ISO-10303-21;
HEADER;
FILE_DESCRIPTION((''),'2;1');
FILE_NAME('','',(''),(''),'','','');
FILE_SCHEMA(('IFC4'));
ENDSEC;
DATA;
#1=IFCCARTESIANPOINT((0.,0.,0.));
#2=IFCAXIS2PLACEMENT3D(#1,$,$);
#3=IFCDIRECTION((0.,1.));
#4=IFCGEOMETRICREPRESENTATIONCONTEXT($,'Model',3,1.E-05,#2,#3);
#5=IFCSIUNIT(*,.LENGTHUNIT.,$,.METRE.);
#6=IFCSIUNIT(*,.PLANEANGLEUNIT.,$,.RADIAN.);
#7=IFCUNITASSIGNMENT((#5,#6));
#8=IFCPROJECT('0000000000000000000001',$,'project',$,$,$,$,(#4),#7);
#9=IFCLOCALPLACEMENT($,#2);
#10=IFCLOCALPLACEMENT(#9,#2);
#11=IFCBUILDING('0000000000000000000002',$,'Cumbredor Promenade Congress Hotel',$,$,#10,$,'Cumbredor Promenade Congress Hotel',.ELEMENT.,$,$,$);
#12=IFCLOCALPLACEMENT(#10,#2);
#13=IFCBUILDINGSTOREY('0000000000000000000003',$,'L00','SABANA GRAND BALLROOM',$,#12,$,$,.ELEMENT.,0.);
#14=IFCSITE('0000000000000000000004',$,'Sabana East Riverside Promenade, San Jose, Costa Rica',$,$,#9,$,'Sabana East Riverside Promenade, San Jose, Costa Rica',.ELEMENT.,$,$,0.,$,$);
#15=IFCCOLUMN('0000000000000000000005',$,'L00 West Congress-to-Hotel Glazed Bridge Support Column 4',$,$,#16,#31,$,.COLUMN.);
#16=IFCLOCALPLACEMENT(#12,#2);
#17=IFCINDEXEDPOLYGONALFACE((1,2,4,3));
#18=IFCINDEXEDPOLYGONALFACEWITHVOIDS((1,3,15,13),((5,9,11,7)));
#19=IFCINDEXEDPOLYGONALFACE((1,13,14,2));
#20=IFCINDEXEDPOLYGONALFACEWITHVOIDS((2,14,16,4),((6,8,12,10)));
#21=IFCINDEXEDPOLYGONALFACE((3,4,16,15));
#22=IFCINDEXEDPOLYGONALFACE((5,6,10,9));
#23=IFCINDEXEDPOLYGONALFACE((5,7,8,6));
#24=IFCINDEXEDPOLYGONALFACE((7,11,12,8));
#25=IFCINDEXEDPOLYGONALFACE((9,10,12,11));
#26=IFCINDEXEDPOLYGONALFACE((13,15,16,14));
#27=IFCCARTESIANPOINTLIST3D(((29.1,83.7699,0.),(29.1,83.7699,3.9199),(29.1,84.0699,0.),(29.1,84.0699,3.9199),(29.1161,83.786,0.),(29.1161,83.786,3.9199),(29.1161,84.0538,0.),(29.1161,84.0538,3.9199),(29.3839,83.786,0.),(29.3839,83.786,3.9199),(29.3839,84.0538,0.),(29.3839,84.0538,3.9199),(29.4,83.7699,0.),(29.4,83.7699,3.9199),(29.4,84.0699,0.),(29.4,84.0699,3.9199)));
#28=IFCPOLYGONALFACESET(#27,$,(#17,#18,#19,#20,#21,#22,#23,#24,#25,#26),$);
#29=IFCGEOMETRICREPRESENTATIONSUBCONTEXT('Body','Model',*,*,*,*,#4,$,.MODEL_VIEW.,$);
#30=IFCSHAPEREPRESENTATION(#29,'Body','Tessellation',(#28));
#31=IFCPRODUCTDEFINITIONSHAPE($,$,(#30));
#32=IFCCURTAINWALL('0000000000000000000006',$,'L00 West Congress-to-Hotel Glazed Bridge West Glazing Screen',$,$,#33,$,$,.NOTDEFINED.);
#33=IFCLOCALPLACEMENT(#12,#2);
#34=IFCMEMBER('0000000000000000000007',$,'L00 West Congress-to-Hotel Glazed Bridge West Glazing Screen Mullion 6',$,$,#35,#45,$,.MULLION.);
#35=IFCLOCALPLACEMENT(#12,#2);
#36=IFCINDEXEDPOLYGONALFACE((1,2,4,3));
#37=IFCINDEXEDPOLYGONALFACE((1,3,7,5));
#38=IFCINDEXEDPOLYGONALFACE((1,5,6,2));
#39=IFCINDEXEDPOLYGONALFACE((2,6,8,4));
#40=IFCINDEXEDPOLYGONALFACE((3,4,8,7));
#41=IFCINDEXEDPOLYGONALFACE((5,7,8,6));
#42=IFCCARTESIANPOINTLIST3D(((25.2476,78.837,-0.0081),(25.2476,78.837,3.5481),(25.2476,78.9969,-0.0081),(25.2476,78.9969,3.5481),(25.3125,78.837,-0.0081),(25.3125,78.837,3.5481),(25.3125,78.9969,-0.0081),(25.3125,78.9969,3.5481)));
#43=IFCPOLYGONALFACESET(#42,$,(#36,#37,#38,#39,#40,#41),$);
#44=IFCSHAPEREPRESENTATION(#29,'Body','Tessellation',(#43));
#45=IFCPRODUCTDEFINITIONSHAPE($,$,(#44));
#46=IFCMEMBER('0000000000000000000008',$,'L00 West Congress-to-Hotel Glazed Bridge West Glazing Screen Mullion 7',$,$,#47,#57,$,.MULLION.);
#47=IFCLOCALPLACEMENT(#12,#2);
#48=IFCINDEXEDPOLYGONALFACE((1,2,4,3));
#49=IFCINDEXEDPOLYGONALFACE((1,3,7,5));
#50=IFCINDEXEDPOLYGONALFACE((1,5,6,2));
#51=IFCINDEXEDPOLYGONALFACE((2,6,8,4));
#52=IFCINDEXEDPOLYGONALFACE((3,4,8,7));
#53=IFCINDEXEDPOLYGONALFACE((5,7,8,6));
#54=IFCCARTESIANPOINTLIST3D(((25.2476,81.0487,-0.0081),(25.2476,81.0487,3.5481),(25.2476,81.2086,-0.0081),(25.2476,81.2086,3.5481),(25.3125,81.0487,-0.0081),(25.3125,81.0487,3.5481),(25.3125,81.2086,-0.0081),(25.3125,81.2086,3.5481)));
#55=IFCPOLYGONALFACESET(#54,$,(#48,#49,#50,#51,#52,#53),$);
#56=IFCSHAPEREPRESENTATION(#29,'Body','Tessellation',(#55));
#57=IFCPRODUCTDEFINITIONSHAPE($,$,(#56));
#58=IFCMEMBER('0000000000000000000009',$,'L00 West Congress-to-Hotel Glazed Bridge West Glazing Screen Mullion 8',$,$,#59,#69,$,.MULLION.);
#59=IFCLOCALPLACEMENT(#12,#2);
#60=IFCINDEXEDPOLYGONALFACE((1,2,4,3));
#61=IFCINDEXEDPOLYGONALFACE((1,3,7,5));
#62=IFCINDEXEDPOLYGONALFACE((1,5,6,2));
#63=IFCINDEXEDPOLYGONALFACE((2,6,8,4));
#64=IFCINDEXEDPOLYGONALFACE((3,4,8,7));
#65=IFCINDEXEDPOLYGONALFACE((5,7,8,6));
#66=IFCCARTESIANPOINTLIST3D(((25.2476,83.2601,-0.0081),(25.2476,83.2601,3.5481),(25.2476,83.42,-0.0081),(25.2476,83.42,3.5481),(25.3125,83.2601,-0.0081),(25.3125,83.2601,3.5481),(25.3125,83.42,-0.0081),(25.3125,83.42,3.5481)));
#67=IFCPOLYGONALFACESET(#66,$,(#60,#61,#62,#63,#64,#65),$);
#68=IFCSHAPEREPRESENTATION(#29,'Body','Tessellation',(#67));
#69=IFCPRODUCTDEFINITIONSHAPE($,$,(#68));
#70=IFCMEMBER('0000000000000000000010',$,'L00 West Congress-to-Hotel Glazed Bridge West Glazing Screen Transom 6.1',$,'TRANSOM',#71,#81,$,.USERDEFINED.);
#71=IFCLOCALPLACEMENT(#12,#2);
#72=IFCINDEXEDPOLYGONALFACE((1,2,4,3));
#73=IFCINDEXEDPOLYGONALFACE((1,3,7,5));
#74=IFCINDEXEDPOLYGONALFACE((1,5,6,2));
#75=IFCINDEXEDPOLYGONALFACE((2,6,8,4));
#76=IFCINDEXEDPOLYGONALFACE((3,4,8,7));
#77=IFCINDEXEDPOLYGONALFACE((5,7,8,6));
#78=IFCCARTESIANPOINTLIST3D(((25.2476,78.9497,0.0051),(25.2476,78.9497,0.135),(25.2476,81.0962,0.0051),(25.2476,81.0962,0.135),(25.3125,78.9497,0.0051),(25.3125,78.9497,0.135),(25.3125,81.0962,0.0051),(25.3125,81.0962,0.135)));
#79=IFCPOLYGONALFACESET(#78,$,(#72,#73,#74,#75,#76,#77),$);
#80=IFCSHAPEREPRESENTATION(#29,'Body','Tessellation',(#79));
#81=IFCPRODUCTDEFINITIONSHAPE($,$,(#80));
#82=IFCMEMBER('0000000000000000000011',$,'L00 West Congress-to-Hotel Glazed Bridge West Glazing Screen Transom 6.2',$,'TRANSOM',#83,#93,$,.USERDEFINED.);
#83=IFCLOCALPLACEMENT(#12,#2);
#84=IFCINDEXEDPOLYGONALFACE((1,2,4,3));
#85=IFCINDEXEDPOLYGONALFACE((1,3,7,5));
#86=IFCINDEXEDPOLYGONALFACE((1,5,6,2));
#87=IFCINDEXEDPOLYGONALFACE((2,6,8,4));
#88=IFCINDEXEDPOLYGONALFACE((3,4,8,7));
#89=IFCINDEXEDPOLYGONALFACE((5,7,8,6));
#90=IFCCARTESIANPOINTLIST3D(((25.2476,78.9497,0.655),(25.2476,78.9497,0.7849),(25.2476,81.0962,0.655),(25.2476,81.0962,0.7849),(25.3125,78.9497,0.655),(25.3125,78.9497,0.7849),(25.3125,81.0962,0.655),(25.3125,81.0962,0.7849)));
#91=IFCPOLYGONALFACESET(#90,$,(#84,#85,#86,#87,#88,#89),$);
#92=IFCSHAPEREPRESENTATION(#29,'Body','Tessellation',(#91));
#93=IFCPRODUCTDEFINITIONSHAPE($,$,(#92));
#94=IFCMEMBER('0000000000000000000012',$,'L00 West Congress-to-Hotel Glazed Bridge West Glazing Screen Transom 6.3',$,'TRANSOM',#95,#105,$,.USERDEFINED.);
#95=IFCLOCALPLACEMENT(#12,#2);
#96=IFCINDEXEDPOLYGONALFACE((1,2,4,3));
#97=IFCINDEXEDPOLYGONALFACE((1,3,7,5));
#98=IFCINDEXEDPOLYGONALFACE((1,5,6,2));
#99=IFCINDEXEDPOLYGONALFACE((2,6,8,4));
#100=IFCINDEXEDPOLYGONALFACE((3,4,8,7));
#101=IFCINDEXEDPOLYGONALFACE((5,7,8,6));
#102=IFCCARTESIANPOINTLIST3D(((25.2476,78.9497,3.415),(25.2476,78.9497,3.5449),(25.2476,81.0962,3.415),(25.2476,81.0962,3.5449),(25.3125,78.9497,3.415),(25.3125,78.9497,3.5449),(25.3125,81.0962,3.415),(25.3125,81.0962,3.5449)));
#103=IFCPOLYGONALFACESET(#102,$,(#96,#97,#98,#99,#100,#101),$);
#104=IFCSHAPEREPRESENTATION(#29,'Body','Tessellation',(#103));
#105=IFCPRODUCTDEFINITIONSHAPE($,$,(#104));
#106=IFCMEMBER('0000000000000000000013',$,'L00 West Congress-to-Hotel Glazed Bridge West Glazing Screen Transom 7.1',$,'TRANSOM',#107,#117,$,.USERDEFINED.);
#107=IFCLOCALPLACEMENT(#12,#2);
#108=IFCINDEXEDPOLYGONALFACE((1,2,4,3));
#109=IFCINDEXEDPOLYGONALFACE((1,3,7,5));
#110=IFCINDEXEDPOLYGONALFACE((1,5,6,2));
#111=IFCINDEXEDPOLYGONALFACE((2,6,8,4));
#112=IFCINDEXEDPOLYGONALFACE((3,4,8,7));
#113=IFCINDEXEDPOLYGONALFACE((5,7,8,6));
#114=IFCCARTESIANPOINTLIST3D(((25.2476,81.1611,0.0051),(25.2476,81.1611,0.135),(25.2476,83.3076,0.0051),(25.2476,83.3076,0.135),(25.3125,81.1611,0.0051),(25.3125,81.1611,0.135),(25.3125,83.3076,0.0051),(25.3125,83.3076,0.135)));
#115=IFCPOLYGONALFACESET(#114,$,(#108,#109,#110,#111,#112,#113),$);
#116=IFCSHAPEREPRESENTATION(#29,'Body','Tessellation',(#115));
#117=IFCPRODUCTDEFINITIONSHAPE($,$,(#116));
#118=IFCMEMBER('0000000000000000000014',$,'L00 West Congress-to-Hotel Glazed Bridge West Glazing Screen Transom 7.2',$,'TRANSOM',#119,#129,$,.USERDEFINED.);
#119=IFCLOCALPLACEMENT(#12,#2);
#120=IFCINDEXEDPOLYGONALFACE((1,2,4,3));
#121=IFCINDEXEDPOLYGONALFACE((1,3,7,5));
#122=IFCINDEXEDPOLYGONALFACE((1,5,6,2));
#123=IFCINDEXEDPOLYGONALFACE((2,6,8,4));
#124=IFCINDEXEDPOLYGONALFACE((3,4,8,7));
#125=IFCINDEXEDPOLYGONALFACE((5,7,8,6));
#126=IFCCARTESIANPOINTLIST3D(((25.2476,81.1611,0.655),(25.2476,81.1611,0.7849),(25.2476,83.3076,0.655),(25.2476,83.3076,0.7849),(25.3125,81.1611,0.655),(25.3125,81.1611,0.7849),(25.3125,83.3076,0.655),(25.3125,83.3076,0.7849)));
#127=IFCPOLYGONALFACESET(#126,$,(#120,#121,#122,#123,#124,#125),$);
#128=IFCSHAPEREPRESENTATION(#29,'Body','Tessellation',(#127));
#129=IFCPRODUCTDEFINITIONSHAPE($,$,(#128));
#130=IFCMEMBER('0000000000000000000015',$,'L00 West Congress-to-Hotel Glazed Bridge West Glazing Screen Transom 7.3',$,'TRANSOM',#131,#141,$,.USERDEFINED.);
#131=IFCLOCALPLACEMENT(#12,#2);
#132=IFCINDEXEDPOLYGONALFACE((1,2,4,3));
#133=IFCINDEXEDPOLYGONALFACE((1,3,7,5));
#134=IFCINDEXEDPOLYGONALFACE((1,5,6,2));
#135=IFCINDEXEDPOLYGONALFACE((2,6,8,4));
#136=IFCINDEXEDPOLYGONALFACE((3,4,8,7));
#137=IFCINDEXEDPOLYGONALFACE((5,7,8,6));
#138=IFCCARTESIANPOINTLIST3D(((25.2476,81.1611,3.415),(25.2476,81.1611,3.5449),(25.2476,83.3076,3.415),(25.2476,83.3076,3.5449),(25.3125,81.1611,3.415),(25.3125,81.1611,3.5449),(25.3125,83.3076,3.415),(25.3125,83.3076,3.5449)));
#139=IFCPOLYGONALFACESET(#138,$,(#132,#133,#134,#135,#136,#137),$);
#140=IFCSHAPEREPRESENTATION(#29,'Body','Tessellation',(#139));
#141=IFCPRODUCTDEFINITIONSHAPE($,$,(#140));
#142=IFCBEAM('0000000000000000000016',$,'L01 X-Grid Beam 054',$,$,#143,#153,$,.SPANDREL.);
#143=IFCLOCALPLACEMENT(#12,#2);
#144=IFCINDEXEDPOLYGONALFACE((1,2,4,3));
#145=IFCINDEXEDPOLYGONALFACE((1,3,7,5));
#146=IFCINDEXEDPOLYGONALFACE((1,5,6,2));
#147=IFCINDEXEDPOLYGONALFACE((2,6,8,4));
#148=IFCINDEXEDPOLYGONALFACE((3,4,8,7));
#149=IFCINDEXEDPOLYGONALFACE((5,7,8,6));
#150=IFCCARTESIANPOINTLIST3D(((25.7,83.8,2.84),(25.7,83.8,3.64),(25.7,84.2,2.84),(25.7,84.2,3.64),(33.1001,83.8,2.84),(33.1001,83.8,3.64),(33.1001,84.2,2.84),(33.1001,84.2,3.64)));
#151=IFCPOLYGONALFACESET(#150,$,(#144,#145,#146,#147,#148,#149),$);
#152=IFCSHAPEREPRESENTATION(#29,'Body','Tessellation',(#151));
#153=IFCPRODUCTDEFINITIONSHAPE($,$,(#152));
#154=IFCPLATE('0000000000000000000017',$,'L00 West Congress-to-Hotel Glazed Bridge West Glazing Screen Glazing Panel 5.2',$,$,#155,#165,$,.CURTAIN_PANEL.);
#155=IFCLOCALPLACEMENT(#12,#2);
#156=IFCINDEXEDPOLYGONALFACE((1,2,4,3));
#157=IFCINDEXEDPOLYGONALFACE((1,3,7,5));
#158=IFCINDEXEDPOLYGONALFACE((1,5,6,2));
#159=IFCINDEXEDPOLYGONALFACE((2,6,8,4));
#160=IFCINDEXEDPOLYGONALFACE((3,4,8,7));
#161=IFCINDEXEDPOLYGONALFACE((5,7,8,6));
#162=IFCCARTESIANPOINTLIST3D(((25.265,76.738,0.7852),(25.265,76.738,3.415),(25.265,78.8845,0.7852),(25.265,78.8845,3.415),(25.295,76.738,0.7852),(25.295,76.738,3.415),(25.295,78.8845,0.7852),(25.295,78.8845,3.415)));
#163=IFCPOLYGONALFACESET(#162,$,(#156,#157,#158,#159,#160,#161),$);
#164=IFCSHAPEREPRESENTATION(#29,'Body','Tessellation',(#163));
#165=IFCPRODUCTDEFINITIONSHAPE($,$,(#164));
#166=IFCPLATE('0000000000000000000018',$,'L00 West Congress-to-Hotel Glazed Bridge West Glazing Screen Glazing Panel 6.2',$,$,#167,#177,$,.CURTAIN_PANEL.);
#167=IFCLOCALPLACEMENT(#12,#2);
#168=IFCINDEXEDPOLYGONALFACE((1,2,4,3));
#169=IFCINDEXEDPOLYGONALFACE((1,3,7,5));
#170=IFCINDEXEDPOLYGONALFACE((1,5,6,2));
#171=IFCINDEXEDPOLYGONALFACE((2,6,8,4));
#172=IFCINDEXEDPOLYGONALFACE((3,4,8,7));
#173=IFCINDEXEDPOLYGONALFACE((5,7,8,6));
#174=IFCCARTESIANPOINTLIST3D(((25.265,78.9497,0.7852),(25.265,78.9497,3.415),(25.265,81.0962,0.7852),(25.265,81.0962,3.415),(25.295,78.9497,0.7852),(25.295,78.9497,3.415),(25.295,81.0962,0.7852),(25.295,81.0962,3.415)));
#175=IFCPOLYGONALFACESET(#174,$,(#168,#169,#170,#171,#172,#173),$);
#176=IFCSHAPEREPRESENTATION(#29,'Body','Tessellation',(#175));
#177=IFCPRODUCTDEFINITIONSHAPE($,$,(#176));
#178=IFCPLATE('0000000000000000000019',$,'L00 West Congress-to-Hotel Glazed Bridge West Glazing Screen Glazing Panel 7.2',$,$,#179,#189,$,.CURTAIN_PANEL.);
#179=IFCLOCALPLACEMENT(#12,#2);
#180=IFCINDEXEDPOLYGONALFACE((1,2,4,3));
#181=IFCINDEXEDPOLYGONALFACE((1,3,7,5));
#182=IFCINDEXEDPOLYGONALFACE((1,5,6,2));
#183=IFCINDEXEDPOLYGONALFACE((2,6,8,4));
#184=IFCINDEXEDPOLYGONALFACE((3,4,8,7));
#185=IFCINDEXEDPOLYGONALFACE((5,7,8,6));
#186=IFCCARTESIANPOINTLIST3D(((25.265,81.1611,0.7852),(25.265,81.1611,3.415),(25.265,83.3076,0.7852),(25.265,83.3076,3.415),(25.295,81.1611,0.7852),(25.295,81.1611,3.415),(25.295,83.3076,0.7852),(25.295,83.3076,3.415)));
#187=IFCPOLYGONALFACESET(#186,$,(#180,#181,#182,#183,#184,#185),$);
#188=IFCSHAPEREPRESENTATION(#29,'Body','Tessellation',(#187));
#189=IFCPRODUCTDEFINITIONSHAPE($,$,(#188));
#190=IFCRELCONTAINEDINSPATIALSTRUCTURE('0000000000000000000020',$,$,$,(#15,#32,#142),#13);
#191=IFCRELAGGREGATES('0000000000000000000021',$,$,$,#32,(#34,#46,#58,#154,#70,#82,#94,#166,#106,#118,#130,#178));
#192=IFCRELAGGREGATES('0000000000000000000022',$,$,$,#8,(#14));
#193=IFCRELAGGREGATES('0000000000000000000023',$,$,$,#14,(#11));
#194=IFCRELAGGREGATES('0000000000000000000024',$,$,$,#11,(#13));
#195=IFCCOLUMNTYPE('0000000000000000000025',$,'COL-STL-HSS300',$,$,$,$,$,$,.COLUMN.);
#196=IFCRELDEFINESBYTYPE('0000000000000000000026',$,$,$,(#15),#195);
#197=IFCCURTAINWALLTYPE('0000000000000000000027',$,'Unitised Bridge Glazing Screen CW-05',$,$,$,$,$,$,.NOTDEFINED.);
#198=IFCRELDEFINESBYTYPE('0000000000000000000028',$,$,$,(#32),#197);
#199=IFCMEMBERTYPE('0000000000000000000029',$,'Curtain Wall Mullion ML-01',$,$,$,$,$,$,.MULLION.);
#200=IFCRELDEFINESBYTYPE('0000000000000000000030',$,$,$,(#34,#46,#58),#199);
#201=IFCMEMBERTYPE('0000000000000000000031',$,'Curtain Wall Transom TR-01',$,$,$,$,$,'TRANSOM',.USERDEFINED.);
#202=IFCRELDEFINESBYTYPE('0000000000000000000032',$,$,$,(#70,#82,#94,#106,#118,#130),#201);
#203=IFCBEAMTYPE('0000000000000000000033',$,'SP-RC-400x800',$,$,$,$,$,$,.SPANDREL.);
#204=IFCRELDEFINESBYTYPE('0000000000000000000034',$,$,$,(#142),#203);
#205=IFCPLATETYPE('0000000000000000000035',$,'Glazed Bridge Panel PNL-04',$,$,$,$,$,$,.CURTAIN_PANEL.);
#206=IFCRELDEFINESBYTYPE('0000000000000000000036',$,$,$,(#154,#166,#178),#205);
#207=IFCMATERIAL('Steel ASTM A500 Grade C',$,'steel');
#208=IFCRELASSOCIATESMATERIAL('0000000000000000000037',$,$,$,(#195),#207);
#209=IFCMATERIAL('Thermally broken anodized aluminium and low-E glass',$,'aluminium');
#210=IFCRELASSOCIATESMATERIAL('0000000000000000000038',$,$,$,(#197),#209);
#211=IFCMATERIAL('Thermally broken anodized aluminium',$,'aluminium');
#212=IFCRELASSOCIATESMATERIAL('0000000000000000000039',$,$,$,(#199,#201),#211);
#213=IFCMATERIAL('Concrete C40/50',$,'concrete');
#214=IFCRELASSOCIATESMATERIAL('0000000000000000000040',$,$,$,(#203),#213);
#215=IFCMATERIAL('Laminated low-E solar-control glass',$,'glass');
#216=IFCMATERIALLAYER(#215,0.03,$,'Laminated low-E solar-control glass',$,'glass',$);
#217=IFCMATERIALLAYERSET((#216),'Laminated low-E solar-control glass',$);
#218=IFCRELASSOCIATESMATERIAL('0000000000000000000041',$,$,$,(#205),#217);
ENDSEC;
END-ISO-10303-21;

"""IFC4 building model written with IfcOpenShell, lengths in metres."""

from ifc_helpers import new_model, si_unit, direction, frame, origin, origin_2d, place, context, subcontext, project, spatial, rectangle, hollow_rectangle, extrude, material, layer, layer_set, material_profile, profile_set, type_object, element, aggregate, save


model = new_model("IFC4")

# Units and contexts
model_context = context("Model", 3, precision=1e-05, world=origin(), true_north=direction((0.0, 1.0)))
body_context = subcontext(model_context, "Body", "Model", "MODEL_VIEW")
ifc_project = project(units=[si_unit("LENGTHUNIT", "METRE"), si_unit("PLANEANGLEUNIT", "RADIAN")], contexts=[model_context])

# Site, building, storey
site_placement = place(None, origin())
site = spatial("IfcSite", under=ifc_project, at=site_placement, Name="Sabana East Riverside Promenade, San Jose, Costa Rica", LongName="Sabana East Riverside Promenade, San Jose, Costa Rica", CompositionType="ELEMENT", RefElevation=0.0)
building_placement = place(site_placement, origin())
building = spatial("IfcBuilding", under=site, at=building_placement, Name="Cumbredor Promenade Congress Hotel", LongName="Cumbredor Promenade Congress Hotel", CompositionType="ELEMENT")
storey_placement = place(building_placement, origin())
storey = spatial("IfcBuildingStorey", under=building, at=storey_placement, Name="L00", Description="SABANA GRAND BALLROOM", CompositionType="ELEMENT", Elevation=0.0)

# Column
ifc_material_1 = material(Name="Steel ASTM A500 Grade C", Category="steel")
ifc_material_profile_1 = material_profile(ifc_material_1, hollow_rectangle(XDim=0.3, YDim=0.3, WallThickness=0.0161, at=origin_2d()), Name="HSS 300x300x16")
ifc_profile_set_1 = profile_set([ifc_material_profile_1], Name="Steel ASTM A500 Grade C")
column_type = type_object("IfcColumnType", Name="COL-STL-HSS300", PredefinedType="COLUMN", material=ifc_profile_set_1)
column_placement = place(storey_placement, frame((29.25, 83.9199, 0.0), z_axis=(0.0, 0.0, 1.0), x_axis=(1.0, 0.0, 0.0)))
element("IfcColumn", 1, at=column_placement, inside=storey, type_object=column_type, Name="L00 West Congress-to-Hotel Glazed Bridge Support Column 4", PredefinedType="COLUMN", context=body_context, shape_type="SweptSolid", body=[
    extrude(hollow_rectangle(XDim=0.3, YDim=0.3, WallThickness=0.0161, at=origin_2d()), origin(), (0.0, 0.0, 1.0), 3.9199),
])

# Curtain wall, members
ifc_material_2 = material(Name="Thermally broken anodized aluminium and low-E glass", Category="aluminium")
curtain_wall_type = type_object("IfcCurtainWallType", Name="Unitised Bridge Glazing Screen CW-05", PredefinedType="NOTDEFINED", material=ifc_material_2)
curtain_wall_placement = place(storey_placement, origin())
curtain_wall = element("IfcCurtainWall", 2, at=curtain_wall_placement, inside=storey, type_object=curtain_wall_type, Name="L00 West Congress-to-Hotel Glazed Bridge West Glazing Screen", PredefinedType="NOTDEFINED")
ifc_material_3 = material(Name="Thermally broken anodized aluminium", Category="aluminium")
ifc_material_profile_2 = material_profile(ifc_material_3, rectangle(XDim=0.0649, YDim=0.1599, at=origin_2d()), Name="ALU MULLION 65x160")
ifc_profile_set_2 = profile_set([ifc_material_profile_2], Name="Thermally broken anodized aluminium")
member_type_1 = type_object("IfcMemberType", Name="Curtain Wall Mullion ML-01", PredefinedType="MULLION", material=ifc_profile_set_2)
member_1_placement = place(storey_placement, frame((25.28, 78.917, -0.0081), z_axis=(0.0, 0.0, 1.0), x_axis=(1.0, 0.0, 0.0)))
member_1 = element("IfcMember", 3, at=member_1_placement, type_object=member_type_1, Name="L00 West Congress-to-Hotel Glazed Bridge West Glazing Screen Mullion 6", PredefinedType="MULLION", context=body_context, shape_type="SweptSolid", body=[
    extrude(rectangle(XDim=0.0649, YDim=0.1599, at=origin_2d()), origin(), (0.0, 0.0, 1.0), 3.5562),
])
member_2_placement = place(storey_placement, frame((25.28, 81.1287, -0.0081), z_axis=(0.0, 0.0, 1.0), x_axis=(1.0, 0.0, 0.0)))
member_2 = element("IfcMember", 4, at=member_2_placement, type_object=member_type_1, Name="L00 West Congress-to-Hotel Glazed Bridge West Glazing Screen Mullion 7", PredefinedType="MULLION", context=body_context, shape_type="SweptSolid", body=[
    extrude(rectangle(XDim=0.0649, YDim=0.1599, at=origin_2d()), origin(), (0.0, 0.0, 1.0), 3.5562),
])
member_3_placement = place(storey_placement, frame((25.28, 83.3401, -0.0081), z_axis=(0.0, 0.0, 1.0), x_axis=(1.0, 0.0, 0.0)))
member_3 = element("IfcMember", 5, at=member_3_placement, type_object=member_type_1, Name="L00 West Congress-to-Hotel Glazed Bridge West Glazing Screen Mullion 8", PredefinedType="MULLION", context=body_context, shape_type="SweptSolid", body=[
    extrude(rectangle(XDim=0.0649, YDim=0.1599, at=origin_2d()), origin(), (0.0, 0.0, 1.0), 3.5562),
])
ifc_material_profile_3 = material_profile(ifc_material_3, rectangle(XDim=0.0649, YDim=0.1299, at=origin_2d()), Name="ALU TRANSOM 65x130")
ifc_profile_set_3 = profile_set([ifc_material_profile_3], Name="Thermally broken anodized aluminium")
member_type_2 = type_object("IfcMemberType", Name="Curtain Wall Transom TR-01", ElementType="TRANSOM", PredefinedType="USERDEFINED", material=ifc_profile_set_3)
member_4_placement = place(storey_placement, frame((25.28, 78.9497, 0.0701), z_axis=(0.0, 1.0, 0.0), x_axis=(-1.0, 0.0, 0.0)))
member_4 = element("IfcMember", 6, at=member_4_placement, type_object=member_type_2, Name="L00 West Congress-to-Hotel Glazed Bridge West Glazing Screen Transom 6.1", ObjectType="TRANSOM", PredefinedType="USERDEFINED", context=body_context, shape_type="SweptSolid", body=[
    extrude(rectangle(XDim=0.0649, YDim=0.1299, at=origin_2d()), origin(), (0.0, 0.0, 1.0), 2.1465),
])
member_5_placement = place(storey_placement, frame((25.28, 78.9497, 0.72), z_axis=(0.0, 1.0, 0.0), x_axis=(-1.0, 0.0, 0.0)))
member_5 = element("IfcMember", 7, at=member_5_placement, type_object=member_type_2, Name="L00 West Congress-to-Hotel Glazed Bridge West Glazing Screen Transom 6.2", ObjectType="TRANSOM", PredefinedType="USERDEFINED", context=body_context, shape_type="SweptSolid", body=[
    extrude(rectangle(XDim=0.0649, YDim=0.1299, at=origin_2d()), origin(), (0.0, 0.0, 1.0), 2.1465),
])
member_6_placement = place(storey_placement, frame((25.28, 78.9497, 3.48), z_axis=(0.0, 1.0, 0.0), x_axis=(-1.0, 0.0, 0.0)))
member_6 = element("IfcMember", 8, at=member_6_placement, type_object=member_type_2, Name="L00 West Congress-to-Hotel Glazed Bridge West Glazing Screen Transom 6.3", ObjectType="TRANSOM", PredefinedType="USERDEFINED", context=body_context, shape_type="SweptSolid", body=[
    extrude(rectangle(XDim=0.0649, YDim=0.1299, at=origin_2d()), origin(), (0.0, 0.0, 1.0), 2.1465),
])
member_7_placement = place(storey_placement, frame((25.28, 81.1611, 0.0701), z_axis=(0.0, 1.0, 0.0), x_axis=(-1.0, 0.0, 0.0)))
member_7 = element("IfcMember", 9, at=member_7_placement, type_object=member_type_2, Name="L00 West Congress-to-Hotel Glazed Bridge West Glazing Screen Transom 7.1", ObjectType="TRANSOM", PredefinedType="USERDEFINED", context=body_context, shape_type="SweptSolid", body=[
    extrude(rectangle(XDim=0.0649, YDim=0.1299, at=origin_2d()), origin(), (0.0, 0.0, 1.0), 2.1465),
])
member_8_placement = place(storey_placement, frame((25.28, 81.1611, 0.72), z_axis=(0.0, 1.0, 0.0), x_axis=(-1.0, 0.0, 0.0)))
member_8 = element("IfcMember", 10, at=member_8_placement, type_object=member_type_2, Name="L00 West Congress-to-Hotel Glazed Bridge West Glazing Screen Transom 7.2", ObjectType="TRANSOM", PredefinedType="USERDEFINED", context=body_context, shape_type="SweptSolid", body=[
    extrude(rectangle(XDim=0.0649, YDim=0.1299, at=origin_2d()), origin(), (0.0, 0.0, 1.0), 2.1465),
])
member_9_placement = place(storey_placement, frame((25.28, 81.1611, 3.48), z_axis=(0.0, 1.0, 0.0), x_axis=(-1.0, 0.0, 0.0)))
member_9 = element("IfcMember", 11, at=member_9_placement, type_object=member_type_2, Name="L00 West Congress-to-Hotel Glazed Bridge West Glazing Screen Transom 7.3", ObjectType="TRANSOM", PredefinedType="USERDEFINED", context=body_context, shape_type="SweptSolid", body=[
    extrude(rectangle(XDim=0.0649, YDim=0.1299, at=origin_2d()), origin(), (0.0, 0.0, 1.0), 2.1465),
])

# Beam
ifc_material_4 = material(Name="Concrete C40/50", Category="concrete")
ifc_material_profile_4 = material_profile(ifc_material_4, rectangle(XDim=0.3999, YDim=0.8, at=origin_2d()), Name="RC SPANDREL 400x800")
ifc_profile_set_4 = profile_set([ifc_material_profile_4], Name="Concrete C40/50")
beam_type = type_object("IfcBeamType", Name="SP-RC-400x800", PredefinedType="SPANDREL", material=ifc_profile_set_4)
beam_placement = place(storey_placement, frame((25.7, 84.0, 3.24), z_axis=(1.0, 0.0, 0.0), x_axis=(0.0, 1.0, 0.0)))
element("IfcBeam", 12, at=beam_placement, inside=storey, type_object=beam_type, Name="L01 X-Grid Beam 054", PredefinedType="SPANDREL", context=body_context, shape_type="SweptSolid", body=[
    extrude(rectangle(XDim=0.3999, YDim=0.8, at=origin_2d()), origin(), (0.0, 0.0, 1.0), 7.4001),
])

# Plates
ifc_material_5 = material(Name="Laminated low-E solar-control glass", Category="glass")
ifc_layer_1 = layer(ifc_material_5, 0.03, Name="Laminated low-E solar-control glass", Category="glass")
ifc_layer_set_1 = layer_set([ifc_layer_1], Name="Laminated low-E solar-control glass")
plate_type_1 = type_object("IfcPlateType", Name="Glazed Bridge Panel PNL-04", PredefinedType="CURTAIN_PANEL", material=ifc_layer_set_1)
plate_1_placement = place(storey_placement, frame((25.28, 77.8113, 0.7852), z_axis=(0.0, 0.0, 1.0), x_axis=(0.0, 1.0, 0.0)))
plate_1 = element("IfcPlate", 13, at=plate_1_placement, type_object=plate_type_1, Name="L00 West Congress-to-Hotel Glazed Bridge West Glazing Screen Glazing Panel 5.2", PredefinedType="CURTAIN_PANEL", context=body_context, shape_type="SweptSolid", body=[
    extrude(rectangle(XDim=2.1465, YDim=0.03, at=origin_2d()), origin(), (0.0, 0.0, 1.0), 2.6299),
])
plate_2_placement = place(storey_placement, frame((25.28, 80.0229, 0.7852), z_axis=(0.0, 0.0, 1.0), x_axis=(0.0, 1.0, 0.0)))
plate_2 = element("IfcPlate", 14, at=plate_2_placement, type_object=plate_type_1, Name="L00 West Congress-to-Hotel Glazed Bridge West Glazing Screen Glazing Panel 6.2", PredefinedType="CURTAIN_PANEL", context=body_context, shape_type="SweptSolid", body=[
    extrude(rectangle(XDim=2.1465, YDim=0.03, at=origin_2d()), origin(), (0.0, 0.0, 1.0), 2.6299),
])
plate_3_placement = place(storey_placement, frame((25.28, 82.2344, 0.7852), z_axis=(0.0, 0.0, 1.0), x_axis=(0.0, 1.0, 0.0)))
plate_3 = element("IfcPlate", 15, at=plate_3_placement, type_object=plate_type_1, Name="L00 West Congress-to-Hotel Glazed Bridge West Glazing Screen Glazing Panel 7.2", PredefinedType="CURTAIN_PANEL", context=body_context, shape_type="SweptSolid", body=[
    extrude(rectangle(XDim=2.1465, YDim=0.03, at=origin_2d()), origin(), (0.0, 0.0, 1.0), 2.6299),
])

aggregate(curtain_wall, [member_1, member_2, member_3, plate_1, member_4, member_5, member_6, plate_2, member_7, member_8, member_9, plate_3])

save(model, "model.ifc")
